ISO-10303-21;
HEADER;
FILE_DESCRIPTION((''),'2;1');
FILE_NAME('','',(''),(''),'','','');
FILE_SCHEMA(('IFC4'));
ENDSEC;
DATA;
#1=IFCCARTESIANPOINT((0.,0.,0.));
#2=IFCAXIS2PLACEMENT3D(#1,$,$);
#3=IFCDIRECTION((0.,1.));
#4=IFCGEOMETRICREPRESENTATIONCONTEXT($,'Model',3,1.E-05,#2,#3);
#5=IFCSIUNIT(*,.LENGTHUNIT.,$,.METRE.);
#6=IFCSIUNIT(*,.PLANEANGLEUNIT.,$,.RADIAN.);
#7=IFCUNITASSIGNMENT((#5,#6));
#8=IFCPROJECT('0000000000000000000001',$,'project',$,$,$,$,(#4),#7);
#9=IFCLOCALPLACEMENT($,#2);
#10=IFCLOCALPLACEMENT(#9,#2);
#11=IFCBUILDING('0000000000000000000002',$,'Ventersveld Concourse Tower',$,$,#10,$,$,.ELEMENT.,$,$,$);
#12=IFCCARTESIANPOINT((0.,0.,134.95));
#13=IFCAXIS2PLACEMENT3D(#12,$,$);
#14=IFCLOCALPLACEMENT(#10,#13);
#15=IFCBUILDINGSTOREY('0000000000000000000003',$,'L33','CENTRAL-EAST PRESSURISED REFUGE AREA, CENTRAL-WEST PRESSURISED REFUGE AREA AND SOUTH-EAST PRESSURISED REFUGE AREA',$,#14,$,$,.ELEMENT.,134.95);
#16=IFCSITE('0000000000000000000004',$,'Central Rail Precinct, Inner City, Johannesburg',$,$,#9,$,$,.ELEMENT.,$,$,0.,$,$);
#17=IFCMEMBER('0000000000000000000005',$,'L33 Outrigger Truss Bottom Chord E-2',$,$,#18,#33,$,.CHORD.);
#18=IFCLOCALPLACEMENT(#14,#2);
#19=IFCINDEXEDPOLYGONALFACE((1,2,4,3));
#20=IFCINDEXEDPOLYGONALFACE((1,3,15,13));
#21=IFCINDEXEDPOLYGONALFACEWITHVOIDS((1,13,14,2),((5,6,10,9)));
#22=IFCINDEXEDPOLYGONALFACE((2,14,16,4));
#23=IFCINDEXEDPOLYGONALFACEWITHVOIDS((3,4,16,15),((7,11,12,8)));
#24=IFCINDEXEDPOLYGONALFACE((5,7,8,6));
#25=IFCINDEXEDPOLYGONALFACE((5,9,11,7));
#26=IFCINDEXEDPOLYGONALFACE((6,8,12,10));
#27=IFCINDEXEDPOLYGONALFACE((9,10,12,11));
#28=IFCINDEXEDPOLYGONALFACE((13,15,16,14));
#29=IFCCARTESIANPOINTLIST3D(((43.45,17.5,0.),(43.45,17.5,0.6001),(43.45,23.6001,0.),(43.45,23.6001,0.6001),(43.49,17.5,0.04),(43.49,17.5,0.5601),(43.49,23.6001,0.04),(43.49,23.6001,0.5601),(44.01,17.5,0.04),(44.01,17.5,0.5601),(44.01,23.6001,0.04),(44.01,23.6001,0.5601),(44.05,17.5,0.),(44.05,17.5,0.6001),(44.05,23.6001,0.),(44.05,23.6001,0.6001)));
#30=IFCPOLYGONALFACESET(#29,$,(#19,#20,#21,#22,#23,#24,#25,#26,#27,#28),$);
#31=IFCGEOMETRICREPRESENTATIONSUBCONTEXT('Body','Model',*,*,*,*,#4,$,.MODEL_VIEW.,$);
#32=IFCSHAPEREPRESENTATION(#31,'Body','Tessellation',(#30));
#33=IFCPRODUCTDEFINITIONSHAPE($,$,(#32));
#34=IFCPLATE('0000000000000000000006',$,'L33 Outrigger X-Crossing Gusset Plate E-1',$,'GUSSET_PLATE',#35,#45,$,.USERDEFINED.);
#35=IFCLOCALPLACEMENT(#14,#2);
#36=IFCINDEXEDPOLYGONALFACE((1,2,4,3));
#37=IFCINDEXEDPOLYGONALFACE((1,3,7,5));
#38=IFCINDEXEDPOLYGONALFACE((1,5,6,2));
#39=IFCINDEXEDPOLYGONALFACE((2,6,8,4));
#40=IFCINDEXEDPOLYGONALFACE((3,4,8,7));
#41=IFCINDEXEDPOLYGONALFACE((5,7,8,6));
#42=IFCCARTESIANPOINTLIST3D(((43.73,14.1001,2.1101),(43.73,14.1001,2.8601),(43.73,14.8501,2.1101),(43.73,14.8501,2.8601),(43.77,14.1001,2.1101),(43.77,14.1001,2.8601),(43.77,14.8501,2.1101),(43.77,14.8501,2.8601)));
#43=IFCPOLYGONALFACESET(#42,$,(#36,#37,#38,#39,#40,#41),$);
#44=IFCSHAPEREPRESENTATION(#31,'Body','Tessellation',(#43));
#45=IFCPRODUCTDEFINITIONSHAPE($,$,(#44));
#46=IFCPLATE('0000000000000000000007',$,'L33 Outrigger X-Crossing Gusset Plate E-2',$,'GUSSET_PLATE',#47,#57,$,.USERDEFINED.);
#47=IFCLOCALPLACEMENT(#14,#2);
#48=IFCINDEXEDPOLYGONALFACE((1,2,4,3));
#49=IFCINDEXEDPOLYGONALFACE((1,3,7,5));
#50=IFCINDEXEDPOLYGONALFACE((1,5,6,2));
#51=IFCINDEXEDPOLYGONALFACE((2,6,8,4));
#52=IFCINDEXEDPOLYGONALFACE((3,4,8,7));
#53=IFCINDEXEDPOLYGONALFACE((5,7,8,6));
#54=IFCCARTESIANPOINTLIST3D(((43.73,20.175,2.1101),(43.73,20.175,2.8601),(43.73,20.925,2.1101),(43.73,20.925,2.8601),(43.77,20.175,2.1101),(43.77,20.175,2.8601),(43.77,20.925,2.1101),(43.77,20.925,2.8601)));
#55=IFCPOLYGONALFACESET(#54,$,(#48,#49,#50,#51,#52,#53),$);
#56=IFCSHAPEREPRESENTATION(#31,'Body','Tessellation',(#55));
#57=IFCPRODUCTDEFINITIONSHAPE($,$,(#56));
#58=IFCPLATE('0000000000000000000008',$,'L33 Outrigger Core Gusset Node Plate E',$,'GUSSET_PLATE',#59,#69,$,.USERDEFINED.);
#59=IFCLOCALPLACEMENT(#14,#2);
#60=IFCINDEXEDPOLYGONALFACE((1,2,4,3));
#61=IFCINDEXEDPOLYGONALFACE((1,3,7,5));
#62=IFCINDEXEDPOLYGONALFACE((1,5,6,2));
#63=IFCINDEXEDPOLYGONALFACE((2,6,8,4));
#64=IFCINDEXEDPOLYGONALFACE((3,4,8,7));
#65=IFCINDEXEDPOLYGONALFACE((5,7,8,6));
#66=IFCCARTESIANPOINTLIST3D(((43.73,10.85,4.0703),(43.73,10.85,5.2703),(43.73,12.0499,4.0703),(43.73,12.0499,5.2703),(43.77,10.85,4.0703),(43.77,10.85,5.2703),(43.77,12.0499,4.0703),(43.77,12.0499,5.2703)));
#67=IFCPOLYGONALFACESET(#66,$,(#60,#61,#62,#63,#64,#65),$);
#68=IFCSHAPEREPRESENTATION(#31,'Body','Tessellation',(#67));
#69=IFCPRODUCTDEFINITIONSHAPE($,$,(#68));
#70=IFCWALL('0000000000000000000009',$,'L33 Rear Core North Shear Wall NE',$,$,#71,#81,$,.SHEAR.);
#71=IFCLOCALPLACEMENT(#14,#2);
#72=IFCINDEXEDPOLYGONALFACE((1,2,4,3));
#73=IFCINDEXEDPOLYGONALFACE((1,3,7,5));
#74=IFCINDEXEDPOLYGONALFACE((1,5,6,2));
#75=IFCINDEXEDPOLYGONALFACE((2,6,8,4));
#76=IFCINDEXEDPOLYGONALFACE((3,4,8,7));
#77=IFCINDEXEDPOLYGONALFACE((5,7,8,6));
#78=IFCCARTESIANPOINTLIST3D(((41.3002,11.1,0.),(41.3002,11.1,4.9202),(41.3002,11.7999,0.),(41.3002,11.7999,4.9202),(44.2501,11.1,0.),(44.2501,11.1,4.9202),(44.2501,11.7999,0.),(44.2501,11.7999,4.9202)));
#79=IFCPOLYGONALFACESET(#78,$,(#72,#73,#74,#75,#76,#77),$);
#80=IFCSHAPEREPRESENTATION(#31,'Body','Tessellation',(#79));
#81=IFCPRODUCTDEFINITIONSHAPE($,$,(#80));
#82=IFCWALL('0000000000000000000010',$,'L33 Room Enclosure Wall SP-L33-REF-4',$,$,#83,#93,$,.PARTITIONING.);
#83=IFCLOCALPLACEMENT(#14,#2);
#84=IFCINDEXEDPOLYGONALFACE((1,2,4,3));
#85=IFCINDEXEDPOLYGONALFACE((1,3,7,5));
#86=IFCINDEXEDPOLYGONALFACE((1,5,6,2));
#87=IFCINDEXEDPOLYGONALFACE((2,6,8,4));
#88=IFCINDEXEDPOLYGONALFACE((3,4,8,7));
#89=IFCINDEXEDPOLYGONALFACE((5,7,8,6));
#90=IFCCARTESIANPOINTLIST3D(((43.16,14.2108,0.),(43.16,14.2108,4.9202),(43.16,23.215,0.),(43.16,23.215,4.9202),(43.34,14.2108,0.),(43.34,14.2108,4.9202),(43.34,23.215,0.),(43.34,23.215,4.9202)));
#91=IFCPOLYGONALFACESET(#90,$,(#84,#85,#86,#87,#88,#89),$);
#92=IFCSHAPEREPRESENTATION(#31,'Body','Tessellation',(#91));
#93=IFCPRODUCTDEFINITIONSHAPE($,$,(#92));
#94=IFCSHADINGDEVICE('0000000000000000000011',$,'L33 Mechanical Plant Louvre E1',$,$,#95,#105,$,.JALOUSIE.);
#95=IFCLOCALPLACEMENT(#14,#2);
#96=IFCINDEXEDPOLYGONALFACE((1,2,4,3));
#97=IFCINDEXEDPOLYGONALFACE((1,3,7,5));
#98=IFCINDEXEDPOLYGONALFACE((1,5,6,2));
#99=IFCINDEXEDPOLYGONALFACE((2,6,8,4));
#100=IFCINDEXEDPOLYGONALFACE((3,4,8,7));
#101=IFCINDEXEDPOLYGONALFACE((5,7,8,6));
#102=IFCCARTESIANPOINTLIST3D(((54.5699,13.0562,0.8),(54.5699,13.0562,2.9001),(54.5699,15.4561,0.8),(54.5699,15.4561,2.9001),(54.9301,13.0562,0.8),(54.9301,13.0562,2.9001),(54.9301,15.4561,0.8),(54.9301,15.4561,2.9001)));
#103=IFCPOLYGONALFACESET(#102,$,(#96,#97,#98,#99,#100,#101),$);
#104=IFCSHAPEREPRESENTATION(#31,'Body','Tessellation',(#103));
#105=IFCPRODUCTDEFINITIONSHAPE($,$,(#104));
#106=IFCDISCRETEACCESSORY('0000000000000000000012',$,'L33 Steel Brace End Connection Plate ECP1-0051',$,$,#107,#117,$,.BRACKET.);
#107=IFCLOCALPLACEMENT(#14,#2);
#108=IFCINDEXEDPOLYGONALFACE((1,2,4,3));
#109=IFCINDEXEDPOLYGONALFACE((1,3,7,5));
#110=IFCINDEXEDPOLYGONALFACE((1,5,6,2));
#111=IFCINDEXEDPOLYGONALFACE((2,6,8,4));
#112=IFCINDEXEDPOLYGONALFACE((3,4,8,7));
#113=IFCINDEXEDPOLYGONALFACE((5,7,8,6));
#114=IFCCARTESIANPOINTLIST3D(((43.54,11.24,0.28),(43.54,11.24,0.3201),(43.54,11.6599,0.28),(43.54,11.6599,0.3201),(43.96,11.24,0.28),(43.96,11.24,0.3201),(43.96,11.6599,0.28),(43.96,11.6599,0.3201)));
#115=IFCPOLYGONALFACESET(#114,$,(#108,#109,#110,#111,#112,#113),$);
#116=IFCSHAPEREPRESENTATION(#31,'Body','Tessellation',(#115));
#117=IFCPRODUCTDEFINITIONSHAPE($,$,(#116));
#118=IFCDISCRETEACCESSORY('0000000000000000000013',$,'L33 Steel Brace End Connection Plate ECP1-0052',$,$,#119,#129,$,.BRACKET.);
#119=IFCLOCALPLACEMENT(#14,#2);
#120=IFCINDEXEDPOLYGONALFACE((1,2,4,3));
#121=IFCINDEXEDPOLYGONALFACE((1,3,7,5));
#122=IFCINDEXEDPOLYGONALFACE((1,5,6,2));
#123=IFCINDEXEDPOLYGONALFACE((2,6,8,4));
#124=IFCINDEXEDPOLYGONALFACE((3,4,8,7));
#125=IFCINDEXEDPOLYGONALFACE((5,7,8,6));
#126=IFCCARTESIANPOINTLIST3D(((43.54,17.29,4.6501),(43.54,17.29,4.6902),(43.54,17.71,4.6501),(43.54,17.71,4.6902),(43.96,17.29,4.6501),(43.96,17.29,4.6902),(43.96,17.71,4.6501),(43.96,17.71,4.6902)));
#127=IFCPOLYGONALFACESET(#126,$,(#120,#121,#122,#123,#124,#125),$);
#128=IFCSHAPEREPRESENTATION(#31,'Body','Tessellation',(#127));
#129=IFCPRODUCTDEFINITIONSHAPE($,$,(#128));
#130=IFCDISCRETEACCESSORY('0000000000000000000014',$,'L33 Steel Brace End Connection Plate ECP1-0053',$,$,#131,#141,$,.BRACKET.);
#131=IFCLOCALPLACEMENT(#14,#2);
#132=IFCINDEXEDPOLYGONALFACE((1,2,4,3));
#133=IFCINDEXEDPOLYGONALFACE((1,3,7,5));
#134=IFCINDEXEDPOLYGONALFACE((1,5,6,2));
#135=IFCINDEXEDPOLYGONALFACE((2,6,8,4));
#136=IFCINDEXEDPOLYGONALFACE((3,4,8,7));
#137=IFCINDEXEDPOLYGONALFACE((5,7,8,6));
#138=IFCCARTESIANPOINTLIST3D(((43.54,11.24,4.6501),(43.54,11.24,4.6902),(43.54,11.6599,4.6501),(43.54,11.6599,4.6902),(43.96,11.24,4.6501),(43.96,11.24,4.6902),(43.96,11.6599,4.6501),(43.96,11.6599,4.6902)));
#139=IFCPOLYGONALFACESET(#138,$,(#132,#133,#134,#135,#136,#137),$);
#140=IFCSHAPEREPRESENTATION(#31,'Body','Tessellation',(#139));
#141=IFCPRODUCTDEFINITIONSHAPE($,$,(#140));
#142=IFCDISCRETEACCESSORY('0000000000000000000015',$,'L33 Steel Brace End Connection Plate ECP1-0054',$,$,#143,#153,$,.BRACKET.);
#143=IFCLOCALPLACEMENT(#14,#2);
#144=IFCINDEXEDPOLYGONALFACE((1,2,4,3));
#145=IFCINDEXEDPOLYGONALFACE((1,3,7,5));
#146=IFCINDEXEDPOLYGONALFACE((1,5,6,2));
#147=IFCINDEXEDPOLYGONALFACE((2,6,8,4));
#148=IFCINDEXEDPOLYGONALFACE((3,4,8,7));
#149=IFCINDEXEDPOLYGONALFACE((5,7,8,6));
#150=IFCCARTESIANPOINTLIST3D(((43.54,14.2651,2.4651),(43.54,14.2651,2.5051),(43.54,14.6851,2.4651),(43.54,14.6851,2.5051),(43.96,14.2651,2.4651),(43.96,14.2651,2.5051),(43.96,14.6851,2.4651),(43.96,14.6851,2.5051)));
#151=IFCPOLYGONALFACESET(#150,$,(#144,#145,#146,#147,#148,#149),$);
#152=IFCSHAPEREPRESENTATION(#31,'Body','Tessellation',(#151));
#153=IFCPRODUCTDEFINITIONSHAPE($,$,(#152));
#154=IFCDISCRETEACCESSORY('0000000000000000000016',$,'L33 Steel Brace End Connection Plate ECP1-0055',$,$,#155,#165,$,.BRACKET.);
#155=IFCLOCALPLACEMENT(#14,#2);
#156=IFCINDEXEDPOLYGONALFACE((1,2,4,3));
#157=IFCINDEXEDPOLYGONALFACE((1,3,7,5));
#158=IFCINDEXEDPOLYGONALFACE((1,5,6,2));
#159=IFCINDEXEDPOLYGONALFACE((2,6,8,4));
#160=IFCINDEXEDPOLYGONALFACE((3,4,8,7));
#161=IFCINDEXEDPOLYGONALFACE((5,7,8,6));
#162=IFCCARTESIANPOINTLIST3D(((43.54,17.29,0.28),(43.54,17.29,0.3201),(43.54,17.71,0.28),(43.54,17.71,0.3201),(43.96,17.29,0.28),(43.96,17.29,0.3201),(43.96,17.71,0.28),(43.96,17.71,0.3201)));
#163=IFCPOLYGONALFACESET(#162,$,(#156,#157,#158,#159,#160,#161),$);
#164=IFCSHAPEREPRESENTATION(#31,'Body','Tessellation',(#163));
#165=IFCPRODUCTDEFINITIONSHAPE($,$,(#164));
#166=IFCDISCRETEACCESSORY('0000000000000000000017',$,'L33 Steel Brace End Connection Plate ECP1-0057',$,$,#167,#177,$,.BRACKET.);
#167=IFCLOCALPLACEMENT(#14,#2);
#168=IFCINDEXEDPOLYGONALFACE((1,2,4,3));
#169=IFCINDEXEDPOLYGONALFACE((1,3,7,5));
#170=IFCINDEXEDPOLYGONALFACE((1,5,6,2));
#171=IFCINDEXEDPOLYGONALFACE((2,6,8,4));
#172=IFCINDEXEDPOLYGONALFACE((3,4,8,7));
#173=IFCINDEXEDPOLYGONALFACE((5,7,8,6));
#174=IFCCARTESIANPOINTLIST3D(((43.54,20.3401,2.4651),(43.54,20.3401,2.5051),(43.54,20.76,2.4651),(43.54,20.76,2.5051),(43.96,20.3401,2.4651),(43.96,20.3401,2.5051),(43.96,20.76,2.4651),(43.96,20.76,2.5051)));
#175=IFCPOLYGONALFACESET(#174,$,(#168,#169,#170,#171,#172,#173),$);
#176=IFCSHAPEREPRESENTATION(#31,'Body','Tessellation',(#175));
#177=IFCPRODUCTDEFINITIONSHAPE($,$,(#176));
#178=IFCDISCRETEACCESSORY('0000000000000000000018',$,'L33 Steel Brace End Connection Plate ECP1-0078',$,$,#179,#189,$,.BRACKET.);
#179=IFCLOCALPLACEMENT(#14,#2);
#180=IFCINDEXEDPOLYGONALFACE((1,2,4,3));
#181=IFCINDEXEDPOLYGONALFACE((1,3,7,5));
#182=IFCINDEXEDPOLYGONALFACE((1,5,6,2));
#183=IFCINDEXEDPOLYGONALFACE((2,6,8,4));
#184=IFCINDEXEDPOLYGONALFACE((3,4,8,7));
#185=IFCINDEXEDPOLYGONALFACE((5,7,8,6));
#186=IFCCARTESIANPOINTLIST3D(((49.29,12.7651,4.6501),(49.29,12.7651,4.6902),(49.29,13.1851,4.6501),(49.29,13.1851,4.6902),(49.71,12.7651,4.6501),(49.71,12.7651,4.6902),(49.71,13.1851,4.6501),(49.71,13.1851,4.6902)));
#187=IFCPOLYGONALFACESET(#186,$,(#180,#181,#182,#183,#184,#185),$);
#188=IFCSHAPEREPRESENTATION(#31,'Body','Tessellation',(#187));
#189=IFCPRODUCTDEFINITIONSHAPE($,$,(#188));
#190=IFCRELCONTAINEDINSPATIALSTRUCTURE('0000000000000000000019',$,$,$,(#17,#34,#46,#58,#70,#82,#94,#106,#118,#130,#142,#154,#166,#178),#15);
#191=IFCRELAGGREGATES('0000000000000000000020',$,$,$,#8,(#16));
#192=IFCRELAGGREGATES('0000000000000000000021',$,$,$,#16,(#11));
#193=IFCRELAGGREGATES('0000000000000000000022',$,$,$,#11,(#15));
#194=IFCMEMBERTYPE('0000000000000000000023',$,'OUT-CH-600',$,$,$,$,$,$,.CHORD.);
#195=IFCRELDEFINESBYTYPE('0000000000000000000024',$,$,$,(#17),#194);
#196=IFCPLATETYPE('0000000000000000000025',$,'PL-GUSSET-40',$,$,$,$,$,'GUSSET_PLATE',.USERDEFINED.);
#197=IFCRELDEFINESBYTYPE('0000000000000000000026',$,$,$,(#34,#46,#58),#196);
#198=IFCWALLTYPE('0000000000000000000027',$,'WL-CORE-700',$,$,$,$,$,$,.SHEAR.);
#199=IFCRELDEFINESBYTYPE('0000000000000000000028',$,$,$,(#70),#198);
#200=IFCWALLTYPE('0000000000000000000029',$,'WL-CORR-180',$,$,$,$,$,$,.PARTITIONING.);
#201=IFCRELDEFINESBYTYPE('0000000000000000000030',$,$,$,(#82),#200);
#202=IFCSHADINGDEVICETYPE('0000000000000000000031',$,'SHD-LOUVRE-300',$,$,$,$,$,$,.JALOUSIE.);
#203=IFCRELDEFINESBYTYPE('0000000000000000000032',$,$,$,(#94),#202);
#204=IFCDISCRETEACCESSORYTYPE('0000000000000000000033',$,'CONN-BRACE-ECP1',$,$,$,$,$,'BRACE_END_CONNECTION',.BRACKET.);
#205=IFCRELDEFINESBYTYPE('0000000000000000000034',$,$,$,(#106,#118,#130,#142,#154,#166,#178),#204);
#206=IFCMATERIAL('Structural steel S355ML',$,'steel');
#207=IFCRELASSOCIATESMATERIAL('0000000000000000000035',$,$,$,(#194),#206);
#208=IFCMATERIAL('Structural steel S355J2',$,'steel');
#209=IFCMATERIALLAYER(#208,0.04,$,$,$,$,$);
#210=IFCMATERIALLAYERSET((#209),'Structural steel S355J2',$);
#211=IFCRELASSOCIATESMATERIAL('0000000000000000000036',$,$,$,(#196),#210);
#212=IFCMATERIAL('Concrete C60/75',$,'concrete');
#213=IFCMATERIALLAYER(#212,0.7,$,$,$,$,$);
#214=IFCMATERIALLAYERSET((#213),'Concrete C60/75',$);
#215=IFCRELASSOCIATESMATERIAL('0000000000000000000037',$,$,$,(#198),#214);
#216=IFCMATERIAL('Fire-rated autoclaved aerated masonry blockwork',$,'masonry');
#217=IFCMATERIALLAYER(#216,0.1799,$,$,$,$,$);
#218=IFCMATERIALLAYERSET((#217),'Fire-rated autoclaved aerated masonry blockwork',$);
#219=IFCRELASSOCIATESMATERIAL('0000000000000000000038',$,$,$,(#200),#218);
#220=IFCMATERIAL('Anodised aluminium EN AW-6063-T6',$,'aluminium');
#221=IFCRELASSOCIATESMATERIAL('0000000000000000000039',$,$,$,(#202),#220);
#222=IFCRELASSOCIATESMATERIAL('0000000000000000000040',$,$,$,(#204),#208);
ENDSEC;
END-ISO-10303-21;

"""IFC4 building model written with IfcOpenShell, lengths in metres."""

from ifc_helpers import new_model, si_unit, direction, frame, frame_2d, origin, origin_2d, place, context, subcontext, project, spatial, rectangle, hollow_rectangle, extrude, material, layer, layer_set, material_profile, profile_set, type_object, element, save


model = new_model("IFC4")

# Units and contexts
model_context = context("Model", 3, precision=1e-05, world=origin(), true_north=direction((0.0, 1.0)))
body_context = subcontext(model_context, "Body", "Model", "MODEL_VIEW")
ifc_project = project(units=[si_unit("LENGTHUNIT", "METRE"), si_unit("PLANEANGLEUNIT", "RADIAN")], contexts=[model_context])

# Site, building, storey
site_placement = place(None, origin())
site = spatial("IfcSite", under=ifc_project, at=site_placement, Name="Central Rail Precinct, Inner City, Johannesburg", CompositionType="ELEMENT", RefElevation=0.0)
building_placement = place(site_placement, origin())
building = spatial("IfcBuilding", under=site, at=building_placement, Name="Ventersveld Concourse Tower", CompositionType="ELEMENT")
storey_placement = place(building_placement, frame((0.0, 0.0, 134.95)))
storey = spatial("IfcBuildingStorey", under=building, at=storey_placement, Name="L33", Description="CENTRAL-EAST PRESSURISED REFUGE AREA, CENTRAL-WEST PRESSURISED REFUGE AREA AND SOUTH-EAST PRESSURISED REFUGE AREA", CompositionType="ELEMENT", Elevation=134.95)

# Shared definitions
ifc_material_1 = material(Name="Structural steel S355J2", Category="steel")

# Member
ifc_material_2 = material(Name="Structural steel S355ML", Category="steel")
ifc_material_profile_1 = material_profile(ifc_material_2, hollow_rectangle(XDim=0.6001, YDim=0.6001, WallThickness=0.04, at=origin_2d()), Name="BOX 600x600x40")
ifc_profile_set_1 = profile_set([ifc_material_profile_1], Name="Structural steel S355ML")
member_type_1 = type_object("IfcMemberType", Name="OUT-CH-600", PredefinedType="CHORD", material=ifc_profile_set_1)
member_1_placement = place(storey_placement, frame((43.75, 17.5, 0.3), z_axis=(0.0, 1.0, 0.0), x_axis=(-1.0, 0.0, 0.0)))
element("IfcMember", 1, at=member_1_placement, inside=storey, type_object=member_type_1, Name="L33 Outrigger Truss Bottom Chord E-2", PredefinedType="CHORD", context=body_context, shape_type="SweptSolid", body=[
    extrude(hollow_rectangle(XDim=0.6001, YDim=0.6001, WallThickness=0.04, at=origin_2d()), origin(), (0.0, 0.0, 1.0), 6.1001),
])

# Plates
ifc_layer_1 = layer(ifc_material_1, 0.04)
ifc_layer_set_1 = layer_set([ifc_layer_1], Name="Structural steel S355J2")
plate_type = type_object("IfcPlateType", Name="PL-GUSSET-40", ElementType="GUSSET_PLATE", PredefinedType="USERDEFINED", material=ifc_layer_set_1)
for number, where, z_axis, x_axis, name in (
    (2, (43.75, 14.4751, 2.1101), (0.0, 0.0, 1.0), (1.0, 0.0, 0.0), "L33 Outrigger X-Crossing Gusset Plate E-1"),
    (3, (43.75, 20.55, 2.1101), (0.0, 0.0, 1.0), (1.0, 0.0, 0.0), "L33 Outrigger X-Crossing Gusset Plate E-2"),
):
    element("IfcPlate", number, at=place(storey_placement, frame(where, z_axis=z_axis, x_axis=x_axis)), inside=storey, type_object=plate_type, Name=name, ObjectType="GUSSET_PLATE", PredefinedType="USERDEFINED", context=body_context, shape_type="SweptSolid", body=[
        extrude(rectangle(XDim=0.04, YDim=0.75, at=origin_2d()), origin(), (0.0, 0.0, 1.0), 0.75),
    ])
plate_placement = place(storey_placement, frame((43.75, 11.45, 4.0703), z_axis=(0.0, 0.0, 1.0), x_axis=(1.0, 0.0, 0.0)))
element("IfcPlate", 4, at=plate_placement, inside=storey, type_object=plate_type, Name="L33 Outrigger Core Gusset Node Plate E", ObjectType="GUSSET_PLATE", PredefinedType="USERDEFINED", context=body_context, shape_type="SweptSolid", body=[
    extrude(rectangle(XDim=0.04, YDim=1.2, at=origin_2d()), origin(), (0.0, 0.0, 1.0), 1.2),
])

# Walls
ifc_material_3 = material(Name="Concrete C60/75", Category="concrete")
ifc_layer_2 = layer(ifc_material_3, 0.7)
ifc_layer_set_2 = layer_set([ifc_layer_2], Name="Concrete C60/75")
wall_type_1 = type_object("IfcWallType", Name="WL-CORE-700", PredefinedType="SHEAR", material=ifc_layer_set_2)
wall_1_placement = place(storey_placement, frame((41.3, 11.45, 0.0), z_axis=(0.0, 0.0, 1.0), x_axis=(1.0, 0.0, 0.0)))
element("IfcWall", 5, at=wall_1_placement, inside=storey, type_object=wall_type_1, Name="L33 Rear Core North Shear Wall NE", PredefinedType="SHEAR", context=body_context, shape_type="SweptSolid", body=[
    extrude(rectangle(XDim=2.95, YDim=0.7, at=frame_2d((1.4751, 0.0))), origin(), (0.0, 0.0, 1.0), 4.9202),
])
ifc_material_4 = material(Name="Fire-rated autoclaved aerated masonry blockwork", Category="masonry")
ifc_layer_3 = layer(ifc_material_4, 0.1799)
ifc_layer_set_3 = layer_set([ifc_layer_3], Name="Fire-rated autoclaved aerated masonry blockwork")
wall_type_2 = type_object("IfcWallType", Name="WL-CORR-180", PredefinedType="PARTITIONING", material=ifc_layer_set_3)
wall_2_placement = place(storey_placement, frame((43.25, 14.2109, 0.0), z_axis=(0.0, 0.0, 1.0), x_axis=(0.0, 1.0, 0.0)))
element("IfcWall", 6, at=wall_2_placement, inside=storey, type_object=wall_type_2, Name="L33 Room Enclosure Wall SP-L33-REF-4", PredefinedType="PARTITIONING", context=body_context, shape_type="SweptSolid", body=[
    extrude(rectangle(XDim=9.0042, YDim=0.1799, at=frame_2d((4.502, 0.0))), origin(), (0.0, 0.0, 1.0), 4.9202),
])

# Shading device
ifc_material_5 = material(Name="Anodised aluminium EN AW-6063-T6", Category="aluminium")
shading_device_type = type_object("IfcShadingDeviceType", Name="SHD-LOUVRE-300", PredefinedType="JALOUSIE", material=ifc_material_5)
shading_device_placement = place(storey_placement, frame((54.75, 14.2561, 0.8), z_axis=(0.0, 0.0, 1.0), x_axis=(0.0, 1.0, 0.0)))
element("IfcShadingDevice", 7, at=shading_device_placement, inside=storey, type_object=shading_device_type, Name="L33 Mechanical Plant Louvre E1", PredefinedType="JALOUSIE", context=body_context, shape_type="SweptSolid", body=[
    extrude(rectangle(XDim=2.3999, YDim=0.3601, at=origin_2d()), origin(), (0.0, 0.0, 1.0), 2.1001),
])

# Discrete accessories
discrete_accessory_type = type_object("IfcDiscreteAccessoryType", Name="CONN-BRACE-ECP1", ElementType="BRACE_END_CONNECTION", PredefinedType="BRACKET", material=ifc_material_1)
for number, where, z_axis, x_axis, name in (
    (8, (43.75, 11.45, 0.28), (0.0, 0.0, 1.0), (1.0, 0.0, 0.0), "L33 Steel Brace End Connection Plate ECP1-0051"),
    (9, (43.75, 17.5, 4.6501), (0.0, 0.0, 1.0), (1.0, 0.0, 0.0), "L33 Steel Brace End Connection Plate ECP1-0052"),
    (10, (43.75, 11.45, 4.6501), (0.0, 0.0, 1.0), (1.0, 0.0, 0.0), "L33 Steel Brace End Connection Plate ECP1-0053"),
    (11, (43.75, 14.4751, 2.4651), (0.0, 0.0, 1.0), (1.0, 0.0, 0.0), "L33 Steel Brace End Connection Plate ECP1-0054"),
    (12, (43.75, 17.5, 0.28), (0.0, 0.0, 1.0), (1.0, 0.0, 0.0), "L33 Steel Brace End Connection Plate ECP1-0055"),
    (13, (43.75, 20.55, 2.4651), (0.0, 0.0, 1.0), (1.0, 0.0, 0.0), "L33 Steel Brace End Connection Plate ECP1-0057"),
    (14, (49.5, 12.9751, 4.6501), (0.0, 0.0, 1.0), (1.0, 0.0, 0.0), "L33 Steel Brace End Connection Plate ECP1-0078"),
):
    element("IfcDiscreteAccessory", number, at=place(storey_placement, frame(where, z_axis=z_axis, x_axis=x_axis)), inside=storey, type_object=discrete_accessory_type, Name=name, PredefinedType="BRACKET", context=body_context, shape_type="SweptSolid", body=[
        extrude(rectangle(XDim=0.4199, YDim=0.4199, at=origin_2d()), origin(), (0.0, 0.0, 1.0), 0.04),
    ])

save(model, "model.ifc")
